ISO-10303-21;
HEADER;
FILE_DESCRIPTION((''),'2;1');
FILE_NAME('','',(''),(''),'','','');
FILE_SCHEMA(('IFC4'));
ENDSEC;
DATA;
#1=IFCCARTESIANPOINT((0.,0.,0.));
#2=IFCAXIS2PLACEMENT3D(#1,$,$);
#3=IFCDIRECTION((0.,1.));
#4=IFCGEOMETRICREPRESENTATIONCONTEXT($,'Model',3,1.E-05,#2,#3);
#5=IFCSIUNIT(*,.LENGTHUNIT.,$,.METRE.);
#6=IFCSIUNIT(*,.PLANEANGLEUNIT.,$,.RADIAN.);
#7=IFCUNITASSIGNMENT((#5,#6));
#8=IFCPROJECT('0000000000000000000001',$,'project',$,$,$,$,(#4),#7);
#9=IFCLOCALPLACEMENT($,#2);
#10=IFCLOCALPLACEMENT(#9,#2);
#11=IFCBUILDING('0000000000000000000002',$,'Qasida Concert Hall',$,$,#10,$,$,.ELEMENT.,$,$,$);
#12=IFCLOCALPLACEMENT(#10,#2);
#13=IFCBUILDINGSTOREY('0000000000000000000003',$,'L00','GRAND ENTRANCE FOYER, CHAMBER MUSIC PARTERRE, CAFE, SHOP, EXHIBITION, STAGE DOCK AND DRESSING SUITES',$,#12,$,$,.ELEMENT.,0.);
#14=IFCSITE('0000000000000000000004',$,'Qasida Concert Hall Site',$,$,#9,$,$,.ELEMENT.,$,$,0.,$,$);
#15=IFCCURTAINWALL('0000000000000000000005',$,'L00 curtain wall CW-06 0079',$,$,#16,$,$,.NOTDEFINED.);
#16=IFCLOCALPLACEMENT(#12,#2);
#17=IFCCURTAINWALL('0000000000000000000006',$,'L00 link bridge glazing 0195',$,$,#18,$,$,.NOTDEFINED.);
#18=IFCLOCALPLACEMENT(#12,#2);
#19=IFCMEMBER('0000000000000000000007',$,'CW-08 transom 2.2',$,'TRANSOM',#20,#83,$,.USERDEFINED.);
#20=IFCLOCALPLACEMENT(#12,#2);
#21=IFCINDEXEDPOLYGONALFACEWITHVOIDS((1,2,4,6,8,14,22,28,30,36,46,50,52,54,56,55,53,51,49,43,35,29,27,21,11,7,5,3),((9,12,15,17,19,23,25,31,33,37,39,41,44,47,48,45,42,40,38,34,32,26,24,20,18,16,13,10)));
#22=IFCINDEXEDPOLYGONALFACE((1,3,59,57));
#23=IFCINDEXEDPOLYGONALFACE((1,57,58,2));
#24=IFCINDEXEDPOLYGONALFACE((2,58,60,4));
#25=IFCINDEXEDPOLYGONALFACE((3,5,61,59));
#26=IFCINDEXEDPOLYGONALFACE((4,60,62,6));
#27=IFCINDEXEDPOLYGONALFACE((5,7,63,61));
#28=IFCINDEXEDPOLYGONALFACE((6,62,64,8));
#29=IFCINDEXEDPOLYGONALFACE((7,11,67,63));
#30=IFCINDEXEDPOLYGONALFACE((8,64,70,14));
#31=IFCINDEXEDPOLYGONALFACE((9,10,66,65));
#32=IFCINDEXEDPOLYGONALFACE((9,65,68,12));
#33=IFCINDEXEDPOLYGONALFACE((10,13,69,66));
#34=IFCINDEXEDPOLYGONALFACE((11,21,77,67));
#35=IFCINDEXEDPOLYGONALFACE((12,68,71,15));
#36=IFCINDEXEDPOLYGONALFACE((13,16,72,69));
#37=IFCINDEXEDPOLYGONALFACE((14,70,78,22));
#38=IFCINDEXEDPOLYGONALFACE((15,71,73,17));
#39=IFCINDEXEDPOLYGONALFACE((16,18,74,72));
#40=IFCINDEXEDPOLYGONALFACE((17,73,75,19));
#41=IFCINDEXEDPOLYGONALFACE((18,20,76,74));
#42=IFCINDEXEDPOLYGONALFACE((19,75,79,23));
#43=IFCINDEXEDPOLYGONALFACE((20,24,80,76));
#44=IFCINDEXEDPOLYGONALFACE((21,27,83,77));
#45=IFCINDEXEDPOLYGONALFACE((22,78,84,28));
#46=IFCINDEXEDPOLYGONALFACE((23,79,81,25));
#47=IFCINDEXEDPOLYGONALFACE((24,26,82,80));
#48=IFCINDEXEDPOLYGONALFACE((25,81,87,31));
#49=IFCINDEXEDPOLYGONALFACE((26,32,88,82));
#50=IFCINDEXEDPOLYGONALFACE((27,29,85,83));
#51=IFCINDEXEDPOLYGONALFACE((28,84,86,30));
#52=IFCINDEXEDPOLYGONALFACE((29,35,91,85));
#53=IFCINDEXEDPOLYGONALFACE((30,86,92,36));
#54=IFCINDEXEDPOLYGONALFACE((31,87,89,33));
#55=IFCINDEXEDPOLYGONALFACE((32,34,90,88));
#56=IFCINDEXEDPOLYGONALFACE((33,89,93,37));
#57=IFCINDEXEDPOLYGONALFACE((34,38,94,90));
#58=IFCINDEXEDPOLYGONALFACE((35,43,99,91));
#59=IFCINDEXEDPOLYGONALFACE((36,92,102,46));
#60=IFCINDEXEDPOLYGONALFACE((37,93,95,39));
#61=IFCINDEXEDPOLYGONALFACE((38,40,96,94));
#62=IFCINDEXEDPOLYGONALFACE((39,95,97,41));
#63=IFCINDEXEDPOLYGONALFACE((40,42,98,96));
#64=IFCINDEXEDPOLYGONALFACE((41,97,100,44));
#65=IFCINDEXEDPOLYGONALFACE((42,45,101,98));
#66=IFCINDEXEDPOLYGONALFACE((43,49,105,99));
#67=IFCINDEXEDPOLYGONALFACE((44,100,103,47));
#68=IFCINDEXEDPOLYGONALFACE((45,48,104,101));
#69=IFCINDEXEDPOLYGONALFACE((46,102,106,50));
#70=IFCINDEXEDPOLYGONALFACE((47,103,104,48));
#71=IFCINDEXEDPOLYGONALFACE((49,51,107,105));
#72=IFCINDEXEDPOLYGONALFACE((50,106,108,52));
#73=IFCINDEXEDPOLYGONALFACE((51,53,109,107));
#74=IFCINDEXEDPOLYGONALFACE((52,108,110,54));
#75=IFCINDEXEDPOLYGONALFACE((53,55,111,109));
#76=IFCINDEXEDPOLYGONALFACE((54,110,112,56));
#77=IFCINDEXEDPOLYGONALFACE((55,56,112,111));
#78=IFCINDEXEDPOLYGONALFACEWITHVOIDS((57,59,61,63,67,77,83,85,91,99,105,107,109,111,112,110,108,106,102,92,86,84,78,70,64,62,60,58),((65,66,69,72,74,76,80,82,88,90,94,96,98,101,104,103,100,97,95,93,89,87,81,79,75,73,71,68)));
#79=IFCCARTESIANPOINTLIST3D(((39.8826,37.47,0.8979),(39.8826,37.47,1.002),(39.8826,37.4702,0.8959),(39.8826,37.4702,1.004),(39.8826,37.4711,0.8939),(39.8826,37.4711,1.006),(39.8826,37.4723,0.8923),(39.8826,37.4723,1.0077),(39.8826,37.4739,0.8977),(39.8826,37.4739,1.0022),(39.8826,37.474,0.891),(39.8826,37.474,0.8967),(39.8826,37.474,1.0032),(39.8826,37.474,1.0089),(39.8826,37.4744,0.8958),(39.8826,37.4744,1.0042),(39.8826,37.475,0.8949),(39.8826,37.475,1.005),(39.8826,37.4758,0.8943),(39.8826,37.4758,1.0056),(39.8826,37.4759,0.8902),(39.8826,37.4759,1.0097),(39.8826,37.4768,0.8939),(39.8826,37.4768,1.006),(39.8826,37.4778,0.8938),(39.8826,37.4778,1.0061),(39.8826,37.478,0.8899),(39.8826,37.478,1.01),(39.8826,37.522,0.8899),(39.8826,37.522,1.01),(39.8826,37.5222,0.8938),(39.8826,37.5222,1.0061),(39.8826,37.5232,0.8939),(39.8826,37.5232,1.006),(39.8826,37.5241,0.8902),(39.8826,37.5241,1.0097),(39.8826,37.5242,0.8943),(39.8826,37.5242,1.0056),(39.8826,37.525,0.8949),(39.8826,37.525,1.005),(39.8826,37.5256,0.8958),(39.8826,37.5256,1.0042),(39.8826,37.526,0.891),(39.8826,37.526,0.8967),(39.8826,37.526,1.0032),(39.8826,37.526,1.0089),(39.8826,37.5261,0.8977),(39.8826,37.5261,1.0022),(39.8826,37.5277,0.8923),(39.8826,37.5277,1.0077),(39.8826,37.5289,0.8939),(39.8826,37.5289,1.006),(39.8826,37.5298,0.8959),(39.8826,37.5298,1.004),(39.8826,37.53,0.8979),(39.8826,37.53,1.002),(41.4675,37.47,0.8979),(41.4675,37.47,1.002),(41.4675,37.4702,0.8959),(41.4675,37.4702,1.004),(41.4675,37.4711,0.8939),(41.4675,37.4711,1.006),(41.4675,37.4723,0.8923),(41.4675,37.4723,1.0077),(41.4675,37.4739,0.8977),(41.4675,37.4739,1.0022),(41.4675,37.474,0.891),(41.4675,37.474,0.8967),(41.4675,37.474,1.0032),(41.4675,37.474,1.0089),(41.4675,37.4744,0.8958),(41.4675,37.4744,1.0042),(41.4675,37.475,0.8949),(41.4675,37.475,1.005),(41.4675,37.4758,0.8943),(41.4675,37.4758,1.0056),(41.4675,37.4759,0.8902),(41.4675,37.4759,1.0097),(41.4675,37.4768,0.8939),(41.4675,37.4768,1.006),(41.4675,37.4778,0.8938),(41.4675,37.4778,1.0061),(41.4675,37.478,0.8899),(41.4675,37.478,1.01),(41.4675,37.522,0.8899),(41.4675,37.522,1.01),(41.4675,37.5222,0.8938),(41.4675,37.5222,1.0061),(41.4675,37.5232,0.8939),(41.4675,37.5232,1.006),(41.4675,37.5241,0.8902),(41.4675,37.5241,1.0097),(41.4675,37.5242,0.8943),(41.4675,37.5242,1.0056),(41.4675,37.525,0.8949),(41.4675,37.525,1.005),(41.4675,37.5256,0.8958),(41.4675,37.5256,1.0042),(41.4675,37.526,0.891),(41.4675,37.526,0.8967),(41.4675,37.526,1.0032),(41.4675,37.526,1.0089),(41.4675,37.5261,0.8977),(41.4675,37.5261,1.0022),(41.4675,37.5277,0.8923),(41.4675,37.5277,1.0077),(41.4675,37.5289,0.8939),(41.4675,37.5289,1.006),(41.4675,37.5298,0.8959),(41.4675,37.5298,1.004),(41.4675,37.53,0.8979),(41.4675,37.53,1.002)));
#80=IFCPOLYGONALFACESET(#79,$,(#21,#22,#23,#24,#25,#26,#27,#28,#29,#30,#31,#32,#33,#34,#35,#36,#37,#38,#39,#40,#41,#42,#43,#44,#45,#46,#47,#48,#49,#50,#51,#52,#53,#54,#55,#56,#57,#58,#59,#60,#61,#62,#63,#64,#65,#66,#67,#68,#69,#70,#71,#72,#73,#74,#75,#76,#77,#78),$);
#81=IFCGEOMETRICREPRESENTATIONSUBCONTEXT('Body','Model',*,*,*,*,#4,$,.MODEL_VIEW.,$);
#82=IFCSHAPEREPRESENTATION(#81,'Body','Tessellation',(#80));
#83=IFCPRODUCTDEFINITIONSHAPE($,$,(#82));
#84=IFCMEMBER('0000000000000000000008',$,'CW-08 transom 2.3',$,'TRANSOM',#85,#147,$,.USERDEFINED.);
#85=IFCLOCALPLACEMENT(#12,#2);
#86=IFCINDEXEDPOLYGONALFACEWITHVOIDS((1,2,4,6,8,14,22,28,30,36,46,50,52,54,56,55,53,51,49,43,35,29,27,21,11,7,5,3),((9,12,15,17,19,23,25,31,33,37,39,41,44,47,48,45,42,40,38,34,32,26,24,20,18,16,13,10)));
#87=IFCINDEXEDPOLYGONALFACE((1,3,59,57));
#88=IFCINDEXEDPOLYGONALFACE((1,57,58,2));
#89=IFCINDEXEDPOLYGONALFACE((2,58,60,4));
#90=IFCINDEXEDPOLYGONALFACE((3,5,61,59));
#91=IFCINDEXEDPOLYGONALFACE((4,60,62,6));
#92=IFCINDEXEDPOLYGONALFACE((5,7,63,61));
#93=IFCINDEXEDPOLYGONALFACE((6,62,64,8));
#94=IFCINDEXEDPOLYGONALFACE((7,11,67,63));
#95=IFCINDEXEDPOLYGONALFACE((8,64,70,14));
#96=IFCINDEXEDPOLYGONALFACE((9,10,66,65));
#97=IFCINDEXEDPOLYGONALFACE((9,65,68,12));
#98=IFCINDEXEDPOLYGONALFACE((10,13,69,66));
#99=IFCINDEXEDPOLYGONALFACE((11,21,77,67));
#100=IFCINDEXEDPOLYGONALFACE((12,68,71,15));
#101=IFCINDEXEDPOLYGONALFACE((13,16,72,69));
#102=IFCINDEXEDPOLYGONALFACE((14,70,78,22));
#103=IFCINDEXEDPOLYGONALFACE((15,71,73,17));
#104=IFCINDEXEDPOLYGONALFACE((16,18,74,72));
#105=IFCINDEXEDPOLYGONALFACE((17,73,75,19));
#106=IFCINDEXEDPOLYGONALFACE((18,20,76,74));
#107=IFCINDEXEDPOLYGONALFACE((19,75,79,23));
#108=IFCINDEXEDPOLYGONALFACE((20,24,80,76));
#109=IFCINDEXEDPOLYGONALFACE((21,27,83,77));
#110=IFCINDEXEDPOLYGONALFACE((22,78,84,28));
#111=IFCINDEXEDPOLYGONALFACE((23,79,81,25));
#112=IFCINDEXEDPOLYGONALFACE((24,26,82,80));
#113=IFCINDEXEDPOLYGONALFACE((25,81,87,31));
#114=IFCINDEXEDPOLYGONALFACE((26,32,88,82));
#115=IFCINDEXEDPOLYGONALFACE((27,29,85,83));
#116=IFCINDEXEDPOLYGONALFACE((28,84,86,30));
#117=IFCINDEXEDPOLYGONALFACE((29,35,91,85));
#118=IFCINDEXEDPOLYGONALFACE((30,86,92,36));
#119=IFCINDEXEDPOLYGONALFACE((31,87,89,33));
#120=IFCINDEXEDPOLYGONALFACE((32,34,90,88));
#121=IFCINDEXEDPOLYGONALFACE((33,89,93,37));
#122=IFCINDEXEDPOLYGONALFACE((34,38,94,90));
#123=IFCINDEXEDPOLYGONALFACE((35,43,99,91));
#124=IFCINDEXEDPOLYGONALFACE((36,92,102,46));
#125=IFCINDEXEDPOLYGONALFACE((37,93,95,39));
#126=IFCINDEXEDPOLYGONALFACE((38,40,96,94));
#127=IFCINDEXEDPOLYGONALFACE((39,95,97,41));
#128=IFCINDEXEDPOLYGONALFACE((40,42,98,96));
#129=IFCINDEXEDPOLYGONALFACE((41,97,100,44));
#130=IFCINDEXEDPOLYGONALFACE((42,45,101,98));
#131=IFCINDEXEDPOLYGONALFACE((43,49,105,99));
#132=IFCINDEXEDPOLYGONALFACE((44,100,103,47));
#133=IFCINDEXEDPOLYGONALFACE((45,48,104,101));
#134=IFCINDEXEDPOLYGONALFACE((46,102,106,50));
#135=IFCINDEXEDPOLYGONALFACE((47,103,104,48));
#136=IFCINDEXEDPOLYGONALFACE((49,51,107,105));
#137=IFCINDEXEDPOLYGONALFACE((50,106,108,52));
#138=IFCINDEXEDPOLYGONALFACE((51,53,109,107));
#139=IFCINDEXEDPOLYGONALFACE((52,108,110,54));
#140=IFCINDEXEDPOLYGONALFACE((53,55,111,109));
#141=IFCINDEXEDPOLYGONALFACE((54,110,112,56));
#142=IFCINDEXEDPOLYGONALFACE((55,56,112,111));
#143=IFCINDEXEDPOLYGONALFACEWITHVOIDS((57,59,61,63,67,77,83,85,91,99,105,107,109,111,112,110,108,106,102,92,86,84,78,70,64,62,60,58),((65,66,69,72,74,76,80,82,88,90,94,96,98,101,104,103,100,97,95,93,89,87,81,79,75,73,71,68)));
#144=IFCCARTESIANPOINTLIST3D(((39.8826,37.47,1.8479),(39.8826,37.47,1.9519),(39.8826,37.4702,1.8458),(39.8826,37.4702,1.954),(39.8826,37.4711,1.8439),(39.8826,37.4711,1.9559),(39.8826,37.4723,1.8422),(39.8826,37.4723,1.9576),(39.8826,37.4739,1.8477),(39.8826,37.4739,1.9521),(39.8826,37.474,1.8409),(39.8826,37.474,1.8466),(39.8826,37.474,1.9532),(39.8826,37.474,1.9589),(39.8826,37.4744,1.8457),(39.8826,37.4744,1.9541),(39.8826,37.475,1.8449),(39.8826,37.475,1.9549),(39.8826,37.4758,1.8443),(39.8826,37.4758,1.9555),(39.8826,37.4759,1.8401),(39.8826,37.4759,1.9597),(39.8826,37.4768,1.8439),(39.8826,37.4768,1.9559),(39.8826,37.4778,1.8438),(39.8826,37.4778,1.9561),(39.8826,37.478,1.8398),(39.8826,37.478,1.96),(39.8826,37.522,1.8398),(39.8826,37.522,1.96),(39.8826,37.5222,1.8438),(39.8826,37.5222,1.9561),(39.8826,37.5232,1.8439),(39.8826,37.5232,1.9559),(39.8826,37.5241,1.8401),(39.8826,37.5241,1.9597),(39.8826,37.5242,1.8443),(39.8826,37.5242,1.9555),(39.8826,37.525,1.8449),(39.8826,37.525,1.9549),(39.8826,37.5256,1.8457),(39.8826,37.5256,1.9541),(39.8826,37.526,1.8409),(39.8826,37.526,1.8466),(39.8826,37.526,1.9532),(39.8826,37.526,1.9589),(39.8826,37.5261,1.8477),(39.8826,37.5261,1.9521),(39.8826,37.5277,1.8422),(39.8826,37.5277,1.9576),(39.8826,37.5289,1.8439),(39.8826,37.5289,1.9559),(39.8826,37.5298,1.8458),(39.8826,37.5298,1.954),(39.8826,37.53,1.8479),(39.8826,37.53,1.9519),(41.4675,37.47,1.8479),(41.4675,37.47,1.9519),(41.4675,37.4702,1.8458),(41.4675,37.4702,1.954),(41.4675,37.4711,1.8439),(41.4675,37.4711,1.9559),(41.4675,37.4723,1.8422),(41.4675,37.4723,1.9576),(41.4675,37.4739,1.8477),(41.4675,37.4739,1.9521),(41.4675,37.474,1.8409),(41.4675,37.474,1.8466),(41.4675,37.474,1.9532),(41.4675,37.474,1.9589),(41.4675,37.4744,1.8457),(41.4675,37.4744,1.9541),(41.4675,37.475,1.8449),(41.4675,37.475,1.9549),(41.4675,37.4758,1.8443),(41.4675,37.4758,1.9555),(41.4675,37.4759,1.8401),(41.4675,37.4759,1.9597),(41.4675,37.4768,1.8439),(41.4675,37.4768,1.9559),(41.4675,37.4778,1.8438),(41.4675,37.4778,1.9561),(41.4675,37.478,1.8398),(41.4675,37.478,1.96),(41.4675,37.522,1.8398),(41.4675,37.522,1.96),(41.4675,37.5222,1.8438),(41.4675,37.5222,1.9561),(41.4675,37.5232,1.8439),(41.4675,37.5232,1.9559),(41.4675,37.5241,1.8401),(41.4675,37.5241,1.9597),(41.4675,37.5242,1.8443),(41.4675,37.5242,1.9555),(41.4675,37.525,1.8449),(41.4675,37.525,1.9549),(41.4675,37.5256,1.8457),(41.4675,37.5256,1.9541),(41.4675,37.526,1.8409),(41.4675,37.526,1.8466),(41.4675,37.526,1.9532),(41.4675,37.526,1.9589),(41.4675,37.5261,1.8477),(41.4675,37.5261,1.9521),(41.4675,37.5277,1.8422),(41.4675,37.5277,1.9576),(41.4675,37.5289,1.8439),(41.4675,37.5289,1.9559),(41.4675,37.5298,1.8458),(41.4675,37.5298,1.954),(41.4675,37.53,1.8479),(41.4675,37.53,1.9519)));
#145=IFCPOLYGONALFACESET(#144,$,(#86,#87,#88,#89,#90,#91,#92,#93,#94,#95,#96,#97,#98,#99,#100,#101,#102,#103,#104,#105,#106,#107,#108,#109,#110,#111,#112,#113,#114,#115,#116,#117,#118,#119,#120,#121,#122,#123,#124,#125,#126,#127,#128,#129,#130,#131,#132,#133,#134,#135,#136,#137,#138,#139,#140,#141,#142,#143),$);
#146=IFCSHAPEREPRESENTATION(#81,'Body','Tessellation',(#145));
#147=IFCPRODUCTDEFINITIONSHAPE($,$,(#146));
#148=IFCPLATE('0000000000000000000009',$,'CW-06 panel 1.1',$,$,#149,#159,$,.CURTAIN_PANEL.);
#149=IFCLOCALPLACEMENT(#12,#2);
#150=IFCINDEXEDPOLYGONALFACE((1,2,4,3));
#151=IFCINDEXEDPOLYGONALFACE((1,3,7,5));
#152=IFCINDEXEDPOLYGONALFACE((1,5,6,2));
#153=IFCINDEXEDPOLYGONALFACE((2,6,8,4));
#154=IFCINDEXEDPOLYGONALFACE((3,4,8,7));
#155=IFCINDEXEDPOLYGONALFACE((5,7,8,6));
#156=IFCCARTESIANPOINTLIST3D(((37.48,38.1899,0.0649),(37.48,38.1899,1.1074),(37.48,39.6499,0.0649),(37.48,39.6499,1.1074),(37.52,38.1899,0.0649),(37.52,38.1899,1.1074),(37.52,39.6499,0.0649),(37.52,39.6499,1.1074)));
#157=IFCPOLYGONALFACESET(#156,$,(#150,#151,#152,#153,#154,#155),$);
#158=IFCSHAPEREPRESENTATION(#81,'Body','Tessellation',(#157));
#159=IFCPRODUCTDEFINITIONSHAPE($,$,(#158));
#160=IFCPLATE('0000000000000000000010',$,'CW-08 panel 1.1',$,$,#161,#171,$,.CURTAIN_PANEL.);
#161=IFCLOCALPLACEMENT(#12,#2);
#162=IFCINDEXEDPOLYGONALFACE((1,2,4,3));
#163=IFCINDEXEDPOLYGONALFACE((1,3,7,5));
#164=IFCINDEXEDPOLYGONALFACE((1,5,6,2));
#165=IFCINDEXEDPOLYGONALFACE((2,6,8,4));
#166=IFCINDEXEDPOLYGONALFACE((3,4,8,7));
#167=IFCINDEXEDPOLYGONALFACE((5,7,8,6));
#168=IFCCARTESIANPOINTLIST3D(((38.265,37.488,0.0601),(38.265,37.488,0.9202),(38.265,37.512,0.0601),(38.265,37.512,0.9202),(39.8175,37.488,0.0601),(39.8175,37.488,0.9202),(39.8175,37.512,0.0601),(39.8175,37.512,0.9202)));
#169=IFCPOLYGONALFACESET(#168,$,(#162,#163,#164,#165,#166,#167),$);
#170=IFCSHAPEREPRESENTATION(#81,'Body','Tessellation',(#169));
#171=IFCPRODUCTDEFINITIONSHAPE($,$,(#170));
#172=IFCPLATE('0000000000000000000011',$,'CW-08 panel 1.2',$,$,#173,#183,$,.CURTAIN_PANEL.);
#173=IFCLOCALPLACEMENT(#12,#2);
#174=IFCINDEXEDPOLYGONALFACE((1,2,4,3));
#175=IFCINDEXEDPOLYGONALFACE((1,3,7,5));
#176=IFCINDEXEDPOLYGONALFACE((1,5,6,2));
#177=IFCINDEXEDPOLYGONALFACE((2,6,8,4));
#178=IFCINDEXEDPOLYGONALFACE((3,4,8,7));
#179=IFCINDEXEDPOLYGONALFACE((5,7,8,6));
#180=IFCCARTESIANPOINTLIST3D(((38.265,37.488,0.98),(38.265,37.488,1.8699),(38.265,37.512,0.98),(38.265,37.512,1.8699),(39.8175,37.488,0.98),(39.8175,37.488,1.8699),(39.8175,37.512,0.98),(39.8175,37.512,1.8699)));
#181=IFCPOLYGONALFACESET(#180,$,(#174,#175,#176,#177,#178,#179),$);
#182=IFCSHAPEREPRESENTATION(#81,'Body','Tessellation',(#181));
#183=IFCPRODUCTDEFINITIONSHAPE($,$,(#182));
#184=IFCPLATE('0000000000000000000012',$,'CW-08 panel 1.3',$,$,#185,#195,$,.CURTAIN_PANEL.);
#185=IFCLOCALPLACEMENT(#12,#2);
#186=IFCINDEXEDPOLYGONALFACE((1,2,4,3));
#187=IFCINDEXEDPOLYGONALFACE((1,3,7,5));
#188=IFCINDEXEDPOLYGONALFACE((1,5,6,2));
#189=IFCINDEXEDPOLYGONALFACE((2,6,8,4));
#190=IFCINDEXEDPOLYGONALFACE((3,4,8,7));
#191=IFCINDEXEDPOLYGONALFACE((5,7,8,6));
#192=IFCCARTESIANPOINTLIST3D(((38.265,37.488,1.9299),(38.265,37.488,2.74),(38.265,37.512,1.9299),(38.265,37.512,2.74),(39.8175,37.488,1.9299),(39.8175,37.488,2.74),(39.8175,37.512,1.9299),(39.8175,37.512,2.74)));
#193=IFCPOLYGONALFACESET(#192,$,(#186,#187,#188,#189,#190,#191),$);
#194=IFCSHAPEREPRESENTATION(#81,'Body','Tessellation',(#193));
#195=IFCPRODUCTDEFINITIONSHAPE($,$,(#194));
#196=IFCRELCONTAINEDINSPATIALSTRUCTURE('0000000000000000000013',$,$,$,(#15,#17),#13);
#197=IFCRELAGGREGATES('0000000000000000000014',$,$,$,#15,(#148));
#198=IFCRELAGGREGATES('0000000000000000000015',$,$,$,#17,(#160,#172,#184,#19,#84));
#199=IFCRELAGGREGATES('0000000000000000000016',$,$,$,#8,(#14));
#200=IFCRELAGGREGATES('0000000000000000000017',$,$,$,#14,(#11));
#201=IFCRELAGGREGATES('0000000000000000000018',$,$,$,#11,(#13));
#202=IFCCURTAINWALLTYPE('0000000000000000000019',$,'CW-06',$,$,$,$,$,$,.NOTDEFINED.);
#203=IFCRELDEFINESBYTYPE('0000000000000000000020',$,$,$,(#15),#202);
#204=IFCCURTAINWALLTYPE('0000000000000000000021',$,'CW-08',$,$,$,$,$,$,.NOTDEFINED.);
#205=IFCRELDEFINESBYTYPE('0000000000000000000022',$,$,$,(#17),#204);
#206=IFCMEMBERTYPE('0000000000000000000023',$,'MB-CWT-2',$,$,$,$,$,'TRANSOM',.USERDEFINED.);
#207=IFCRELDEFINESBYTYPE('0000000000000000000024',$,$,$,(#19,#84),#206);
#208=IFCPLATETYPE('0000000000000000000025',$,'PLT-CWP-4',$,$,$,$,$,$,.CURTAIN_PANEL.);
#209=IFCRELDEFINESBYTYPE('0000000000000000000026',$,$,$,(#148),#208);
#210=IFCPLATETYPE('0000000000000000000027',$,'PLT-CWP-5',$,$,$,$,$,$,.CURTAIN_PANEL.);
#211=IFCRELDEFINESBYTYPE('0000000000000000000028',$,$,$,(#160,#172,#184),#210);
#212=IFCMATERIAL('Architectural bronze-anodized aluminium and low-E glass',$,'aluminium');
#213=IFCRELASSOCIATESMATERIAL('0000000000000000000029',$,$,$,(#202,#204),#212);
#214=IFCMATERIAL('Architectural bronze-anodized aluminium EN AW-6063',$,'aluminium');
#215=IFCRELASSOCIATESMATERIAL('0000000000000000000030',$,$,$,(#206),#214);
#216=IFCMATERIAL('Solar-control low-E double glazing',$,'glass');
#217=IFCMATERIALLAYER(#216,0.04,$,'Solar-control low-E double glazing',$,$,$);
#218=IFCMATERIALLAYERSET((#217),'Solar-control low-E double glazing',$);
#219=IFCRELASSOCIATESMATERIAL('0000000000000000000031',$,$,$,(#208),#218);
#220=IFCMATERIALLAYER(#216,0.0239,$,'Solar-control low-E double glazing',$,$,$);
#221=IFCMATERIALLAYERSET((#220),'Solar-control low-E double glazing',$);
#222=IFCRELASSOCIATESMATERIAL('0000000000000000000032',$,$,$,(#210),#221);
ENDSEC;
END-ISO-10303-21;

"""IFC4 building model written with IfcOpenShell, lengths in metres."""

from ifc_helpers import new_model, si_unit, direction, frame, origin, origin_2d, place, context, subcontext, project, spatial, rectangle, hollow_rectangle, extrude, material, layer, layer_set, material_profile, profile_set, type_object, element, aggregate, save


model = new_model("IFC4")

# Units and contexts
model_context = context("Model", 3, precision=1e-05, world=origin(), true_north=direction((0.0, 1.0)))
body_context = subcontext(model_context, "Body", "Model", "MODEL_VIEW")
ifc_project = project(units=[si_unit("LENGTHUNIT", "METRE"), si_unit("PLANEANGLEUNIT", "RADIAN")], contexts=[model_context])

# Site, building, storey
site_placement = place(None, origin())
site = spatial("IfcSite", under=ifc_project, at=site_placement, Name="Qasida Concert Hall Site", CompositionType="ELEMENT", RefElevation=0.0)
building_placement = place(site_placement, origin())
building = spatial("IfcBuilding", under=site, at=building_placement, Name="Qasida Concert Hall", CompositionType="ELEMENT")
storey_placement = place(building_placement, origin())
storey = spatial("IfcBuildingStorey", under=building, at=storey_placement, Name="L00", Description="GRAND ENTRANCE FOYER, CHAMBER MUSIC PARTERRE, CAFE, SHOP, EXHIBITION, STAGE DOCK AND DRESSING SUITES", CompositionType="ELEMENT", Elevation=0.0)

# Curtain wall
ifc_material_1 = material(Name="Architectural bronze-anodized aluminium and low-E glass", Category="aluminium")
curtain_wall_type_1 = type_object("IfcCurtainWallType", Name="CW-06", PredefinedType="NOTDEFINED", material=ifc_material_1)
curtain_wall_1_placement = place(storey_placement, origin())
curtain_wall_1 = element("IfcCurtainWall", 1, at=curtain_wall_1_placement, inside=storey, type_object=curtain_wall_type_1, Name="L00 curtain wall CW-06 0079", PredefinedType="NOTDEFINED")
ifc_material_2 = material(Name="Architectural bronze-anodized aluminium EN AW-6063", Category="aluminium")

# Curtain wall
curtain_wall_type_2 = type_object("IfcCurtainWallType", Name="CW-08", PredefinedType="NOTDEFINED", material=ifc_material_1)
curtain_wall_2_placement = place(storey_placement, origin())
curtain_wall_2 = element("IfcCurtainWall", 2, at=curtain_wall_2_placement, inside=storey, type_object=curtain_wall_type_2, Name="L00 link bridge glazing 0195", PredefinedType="NOTDEFINED")

# Members
ifc_material_profile_1 = material_profile(ifc_material_2, hollow_rectangle(XDim=0.0601, YDim=0.1201, WallThickness=0.0039, InnerFilletRadius=0.0039, OuterFilletRadius=0.0081, at=origin_2d()), Name="CWT 120x60x4")
ifc_profile_set_1 = profile_set([ifc_material_profile_1], Name="Architectural bronze-anodized aluminium EN AW-6063")
member_type_1 = type_object("IfcMemberType", Name="MB-CWT-2", ElementType="TRANSOM", PredefinedType="USERDEFINED", material=ifc_profile_set_1)
member_1_placement = place(storey_placement, frame((39.8826, 37.5, 0.95), z_axis=(1.0, 0.0, 0.0), x_axis=(0.0, 1.0, 0.0)))
member_1 = element("IfcMember", 3, at=member_1_placement, type_object=member_type_1, Name="CW-08 transom 2.2", ObjectType="TRANSOM", PredefinedType="USERDEFINED", context=body_context, shape_type="SweptSolid", body=[
    extrude(hollow_rectangle(XDim=0.0601, YDim=0.1201, WallThickness=0.0039, InnerFilletRadius=0.0039, OuterFilletRadius=0.0081, at=origin_2d()), origin(), (0.0, 0.0, 1.0), 1.585),
])
member_2_placement = place(storey_placement, frame((39.8826, 37.5, 1.8999), z_axis=(1.0, 0.0, 0.0), x_axis=(0.0, 1.0, 0.0)))
member_2 = element("IfcMember", 4, at=member_2_placement, type_object=member_type_1, Name="CW-08 transom 2.3", ObjectType="TRANSOM", PredefinedType="USERDEFINED", context=body_context, shape_type="SweptSolid", body=[
    extrude(hollow_rectangle(XDim=0.0601, YDim=0.1201, WallThickness=0.0039, InnerFilletRadius=0.0039, OuterFilletRadius=0.0081, at=origin_2d()), origin(), (0.0, 0.0, 1.0), 1.585),
])

# Plates
ifc_material_3 = material(Name="Solar-control low-E double glazing", Category="glass")
ifc_layer_1 = layer(ifc_material_3, 0.04, Name="Solar-control low-E double glazing")
ifc_layer_set_1 = layer_set([ifc_layer_1], Name="Solar-control low-E double glazing")
plate_type_1 = type_object("IfcPlateType", Name="PLT-CWP-4", PredefinedType="CURTAIN_PANEL", material=ifc_layer_set_1)
plate_1_placement = place(storey_placement, frame((37.5, 38.9199, 0.0649), z_axis=(0.0, 0.0, 1.0), x_axis=(0.0, 1.0, 0.0)))
plate_1 = element("IfcPlate", 5, at=plate_1_placement, type_object=plate_type_1, Name="CW-06 panel 1.1", PredefinedType="CURTAIN_PANEL", context=body_context, shape_type="SweptSolid", body=[
    extrude(rectangle(XDim=1.46, YDim=0.04, at=origin_2d()), origin(), (0.0, 0.0, 1.0), 1.0425),
])
aggregate(curtain_wall_1, [plate_1])
ifc_layer_2 = layer(ifc_material_3, 0.0239, Name="Solar-control low-E double glazing")
ifc_layer_set_2 = layer_set([ifc_layer_2], Name="Solar-control low-E double glazing")
plate_type_2 = type_object("IfcPlateType", Name="PLT-CWP-5", PredefinedType="CURTAIN_PANEL", material=ifc_layer_set_2)
plate_2_placement = place(storey_placement, frame((39.0413, 37.5, 0.0601), z_axis=(0.0, 0.0, 1.0), x_axis=(1.0, 0.0, 0.0)))
plate_2 = element("IfcPlate", 6, at=plate_2_placement, type_object=plate_type_2, Name="CW-08 panel 1.1", PredefinedType="CURTAIN_PANEL", context=body_context, shape_type="SweptSolid", body=[
    extrude(rectangle(XDim=1.5525, YDim=0.0239, at=origin_2d()), origin(), (0.0, 0.0, 1.0), 0.8601),
])
plate_3_placement = place(storey_placement, frame((39.0413, 37.5, 0.98), z_axis=(0.0, 0.0, 1.0), x_axis=(1.0, 0.0, 0.0)))
plate_3 = element("IfcPlate", 7, at=plate_3_placement, type_object=plate_type_2, Name="CW-08 panel 1.2", PredefinedType="CURTAIN_PANEL", context=body_context, shape_type="SweptSolid", body=[
    extrude(rectangle(XDim=1.5525, YDim=0.0239, at=origin_2d()), origin(), (0.0, 0.0, 1.0), 0.8899),
])
plate_4_placement = place(storey_placement, frame((39.0413, 37.5, 1.9299), z_axis=(0.0, 0.0, 1.0), x_axis=(1.0, 0.0, 0.0)))
plate_4 = element("IfcPlate", 8, at=plate_4_placement, type_object=plate_type_2, Name="CW-08 panel 1.3", PredefinedType="CURTAIN_PANEL", context=body_context, shape_type="SweptSolid", body=[
    extrude(rectangle(XDim=1.5525, YDim=0.0239, at=origin_2d()), origin(), (0.0, 0.0, 1.0), 0.8101),
])
aggregate(curtain_wall_2, [plate_2, plate_3, plate_4, member_1, member_2])

save(model, "model.ifc")
